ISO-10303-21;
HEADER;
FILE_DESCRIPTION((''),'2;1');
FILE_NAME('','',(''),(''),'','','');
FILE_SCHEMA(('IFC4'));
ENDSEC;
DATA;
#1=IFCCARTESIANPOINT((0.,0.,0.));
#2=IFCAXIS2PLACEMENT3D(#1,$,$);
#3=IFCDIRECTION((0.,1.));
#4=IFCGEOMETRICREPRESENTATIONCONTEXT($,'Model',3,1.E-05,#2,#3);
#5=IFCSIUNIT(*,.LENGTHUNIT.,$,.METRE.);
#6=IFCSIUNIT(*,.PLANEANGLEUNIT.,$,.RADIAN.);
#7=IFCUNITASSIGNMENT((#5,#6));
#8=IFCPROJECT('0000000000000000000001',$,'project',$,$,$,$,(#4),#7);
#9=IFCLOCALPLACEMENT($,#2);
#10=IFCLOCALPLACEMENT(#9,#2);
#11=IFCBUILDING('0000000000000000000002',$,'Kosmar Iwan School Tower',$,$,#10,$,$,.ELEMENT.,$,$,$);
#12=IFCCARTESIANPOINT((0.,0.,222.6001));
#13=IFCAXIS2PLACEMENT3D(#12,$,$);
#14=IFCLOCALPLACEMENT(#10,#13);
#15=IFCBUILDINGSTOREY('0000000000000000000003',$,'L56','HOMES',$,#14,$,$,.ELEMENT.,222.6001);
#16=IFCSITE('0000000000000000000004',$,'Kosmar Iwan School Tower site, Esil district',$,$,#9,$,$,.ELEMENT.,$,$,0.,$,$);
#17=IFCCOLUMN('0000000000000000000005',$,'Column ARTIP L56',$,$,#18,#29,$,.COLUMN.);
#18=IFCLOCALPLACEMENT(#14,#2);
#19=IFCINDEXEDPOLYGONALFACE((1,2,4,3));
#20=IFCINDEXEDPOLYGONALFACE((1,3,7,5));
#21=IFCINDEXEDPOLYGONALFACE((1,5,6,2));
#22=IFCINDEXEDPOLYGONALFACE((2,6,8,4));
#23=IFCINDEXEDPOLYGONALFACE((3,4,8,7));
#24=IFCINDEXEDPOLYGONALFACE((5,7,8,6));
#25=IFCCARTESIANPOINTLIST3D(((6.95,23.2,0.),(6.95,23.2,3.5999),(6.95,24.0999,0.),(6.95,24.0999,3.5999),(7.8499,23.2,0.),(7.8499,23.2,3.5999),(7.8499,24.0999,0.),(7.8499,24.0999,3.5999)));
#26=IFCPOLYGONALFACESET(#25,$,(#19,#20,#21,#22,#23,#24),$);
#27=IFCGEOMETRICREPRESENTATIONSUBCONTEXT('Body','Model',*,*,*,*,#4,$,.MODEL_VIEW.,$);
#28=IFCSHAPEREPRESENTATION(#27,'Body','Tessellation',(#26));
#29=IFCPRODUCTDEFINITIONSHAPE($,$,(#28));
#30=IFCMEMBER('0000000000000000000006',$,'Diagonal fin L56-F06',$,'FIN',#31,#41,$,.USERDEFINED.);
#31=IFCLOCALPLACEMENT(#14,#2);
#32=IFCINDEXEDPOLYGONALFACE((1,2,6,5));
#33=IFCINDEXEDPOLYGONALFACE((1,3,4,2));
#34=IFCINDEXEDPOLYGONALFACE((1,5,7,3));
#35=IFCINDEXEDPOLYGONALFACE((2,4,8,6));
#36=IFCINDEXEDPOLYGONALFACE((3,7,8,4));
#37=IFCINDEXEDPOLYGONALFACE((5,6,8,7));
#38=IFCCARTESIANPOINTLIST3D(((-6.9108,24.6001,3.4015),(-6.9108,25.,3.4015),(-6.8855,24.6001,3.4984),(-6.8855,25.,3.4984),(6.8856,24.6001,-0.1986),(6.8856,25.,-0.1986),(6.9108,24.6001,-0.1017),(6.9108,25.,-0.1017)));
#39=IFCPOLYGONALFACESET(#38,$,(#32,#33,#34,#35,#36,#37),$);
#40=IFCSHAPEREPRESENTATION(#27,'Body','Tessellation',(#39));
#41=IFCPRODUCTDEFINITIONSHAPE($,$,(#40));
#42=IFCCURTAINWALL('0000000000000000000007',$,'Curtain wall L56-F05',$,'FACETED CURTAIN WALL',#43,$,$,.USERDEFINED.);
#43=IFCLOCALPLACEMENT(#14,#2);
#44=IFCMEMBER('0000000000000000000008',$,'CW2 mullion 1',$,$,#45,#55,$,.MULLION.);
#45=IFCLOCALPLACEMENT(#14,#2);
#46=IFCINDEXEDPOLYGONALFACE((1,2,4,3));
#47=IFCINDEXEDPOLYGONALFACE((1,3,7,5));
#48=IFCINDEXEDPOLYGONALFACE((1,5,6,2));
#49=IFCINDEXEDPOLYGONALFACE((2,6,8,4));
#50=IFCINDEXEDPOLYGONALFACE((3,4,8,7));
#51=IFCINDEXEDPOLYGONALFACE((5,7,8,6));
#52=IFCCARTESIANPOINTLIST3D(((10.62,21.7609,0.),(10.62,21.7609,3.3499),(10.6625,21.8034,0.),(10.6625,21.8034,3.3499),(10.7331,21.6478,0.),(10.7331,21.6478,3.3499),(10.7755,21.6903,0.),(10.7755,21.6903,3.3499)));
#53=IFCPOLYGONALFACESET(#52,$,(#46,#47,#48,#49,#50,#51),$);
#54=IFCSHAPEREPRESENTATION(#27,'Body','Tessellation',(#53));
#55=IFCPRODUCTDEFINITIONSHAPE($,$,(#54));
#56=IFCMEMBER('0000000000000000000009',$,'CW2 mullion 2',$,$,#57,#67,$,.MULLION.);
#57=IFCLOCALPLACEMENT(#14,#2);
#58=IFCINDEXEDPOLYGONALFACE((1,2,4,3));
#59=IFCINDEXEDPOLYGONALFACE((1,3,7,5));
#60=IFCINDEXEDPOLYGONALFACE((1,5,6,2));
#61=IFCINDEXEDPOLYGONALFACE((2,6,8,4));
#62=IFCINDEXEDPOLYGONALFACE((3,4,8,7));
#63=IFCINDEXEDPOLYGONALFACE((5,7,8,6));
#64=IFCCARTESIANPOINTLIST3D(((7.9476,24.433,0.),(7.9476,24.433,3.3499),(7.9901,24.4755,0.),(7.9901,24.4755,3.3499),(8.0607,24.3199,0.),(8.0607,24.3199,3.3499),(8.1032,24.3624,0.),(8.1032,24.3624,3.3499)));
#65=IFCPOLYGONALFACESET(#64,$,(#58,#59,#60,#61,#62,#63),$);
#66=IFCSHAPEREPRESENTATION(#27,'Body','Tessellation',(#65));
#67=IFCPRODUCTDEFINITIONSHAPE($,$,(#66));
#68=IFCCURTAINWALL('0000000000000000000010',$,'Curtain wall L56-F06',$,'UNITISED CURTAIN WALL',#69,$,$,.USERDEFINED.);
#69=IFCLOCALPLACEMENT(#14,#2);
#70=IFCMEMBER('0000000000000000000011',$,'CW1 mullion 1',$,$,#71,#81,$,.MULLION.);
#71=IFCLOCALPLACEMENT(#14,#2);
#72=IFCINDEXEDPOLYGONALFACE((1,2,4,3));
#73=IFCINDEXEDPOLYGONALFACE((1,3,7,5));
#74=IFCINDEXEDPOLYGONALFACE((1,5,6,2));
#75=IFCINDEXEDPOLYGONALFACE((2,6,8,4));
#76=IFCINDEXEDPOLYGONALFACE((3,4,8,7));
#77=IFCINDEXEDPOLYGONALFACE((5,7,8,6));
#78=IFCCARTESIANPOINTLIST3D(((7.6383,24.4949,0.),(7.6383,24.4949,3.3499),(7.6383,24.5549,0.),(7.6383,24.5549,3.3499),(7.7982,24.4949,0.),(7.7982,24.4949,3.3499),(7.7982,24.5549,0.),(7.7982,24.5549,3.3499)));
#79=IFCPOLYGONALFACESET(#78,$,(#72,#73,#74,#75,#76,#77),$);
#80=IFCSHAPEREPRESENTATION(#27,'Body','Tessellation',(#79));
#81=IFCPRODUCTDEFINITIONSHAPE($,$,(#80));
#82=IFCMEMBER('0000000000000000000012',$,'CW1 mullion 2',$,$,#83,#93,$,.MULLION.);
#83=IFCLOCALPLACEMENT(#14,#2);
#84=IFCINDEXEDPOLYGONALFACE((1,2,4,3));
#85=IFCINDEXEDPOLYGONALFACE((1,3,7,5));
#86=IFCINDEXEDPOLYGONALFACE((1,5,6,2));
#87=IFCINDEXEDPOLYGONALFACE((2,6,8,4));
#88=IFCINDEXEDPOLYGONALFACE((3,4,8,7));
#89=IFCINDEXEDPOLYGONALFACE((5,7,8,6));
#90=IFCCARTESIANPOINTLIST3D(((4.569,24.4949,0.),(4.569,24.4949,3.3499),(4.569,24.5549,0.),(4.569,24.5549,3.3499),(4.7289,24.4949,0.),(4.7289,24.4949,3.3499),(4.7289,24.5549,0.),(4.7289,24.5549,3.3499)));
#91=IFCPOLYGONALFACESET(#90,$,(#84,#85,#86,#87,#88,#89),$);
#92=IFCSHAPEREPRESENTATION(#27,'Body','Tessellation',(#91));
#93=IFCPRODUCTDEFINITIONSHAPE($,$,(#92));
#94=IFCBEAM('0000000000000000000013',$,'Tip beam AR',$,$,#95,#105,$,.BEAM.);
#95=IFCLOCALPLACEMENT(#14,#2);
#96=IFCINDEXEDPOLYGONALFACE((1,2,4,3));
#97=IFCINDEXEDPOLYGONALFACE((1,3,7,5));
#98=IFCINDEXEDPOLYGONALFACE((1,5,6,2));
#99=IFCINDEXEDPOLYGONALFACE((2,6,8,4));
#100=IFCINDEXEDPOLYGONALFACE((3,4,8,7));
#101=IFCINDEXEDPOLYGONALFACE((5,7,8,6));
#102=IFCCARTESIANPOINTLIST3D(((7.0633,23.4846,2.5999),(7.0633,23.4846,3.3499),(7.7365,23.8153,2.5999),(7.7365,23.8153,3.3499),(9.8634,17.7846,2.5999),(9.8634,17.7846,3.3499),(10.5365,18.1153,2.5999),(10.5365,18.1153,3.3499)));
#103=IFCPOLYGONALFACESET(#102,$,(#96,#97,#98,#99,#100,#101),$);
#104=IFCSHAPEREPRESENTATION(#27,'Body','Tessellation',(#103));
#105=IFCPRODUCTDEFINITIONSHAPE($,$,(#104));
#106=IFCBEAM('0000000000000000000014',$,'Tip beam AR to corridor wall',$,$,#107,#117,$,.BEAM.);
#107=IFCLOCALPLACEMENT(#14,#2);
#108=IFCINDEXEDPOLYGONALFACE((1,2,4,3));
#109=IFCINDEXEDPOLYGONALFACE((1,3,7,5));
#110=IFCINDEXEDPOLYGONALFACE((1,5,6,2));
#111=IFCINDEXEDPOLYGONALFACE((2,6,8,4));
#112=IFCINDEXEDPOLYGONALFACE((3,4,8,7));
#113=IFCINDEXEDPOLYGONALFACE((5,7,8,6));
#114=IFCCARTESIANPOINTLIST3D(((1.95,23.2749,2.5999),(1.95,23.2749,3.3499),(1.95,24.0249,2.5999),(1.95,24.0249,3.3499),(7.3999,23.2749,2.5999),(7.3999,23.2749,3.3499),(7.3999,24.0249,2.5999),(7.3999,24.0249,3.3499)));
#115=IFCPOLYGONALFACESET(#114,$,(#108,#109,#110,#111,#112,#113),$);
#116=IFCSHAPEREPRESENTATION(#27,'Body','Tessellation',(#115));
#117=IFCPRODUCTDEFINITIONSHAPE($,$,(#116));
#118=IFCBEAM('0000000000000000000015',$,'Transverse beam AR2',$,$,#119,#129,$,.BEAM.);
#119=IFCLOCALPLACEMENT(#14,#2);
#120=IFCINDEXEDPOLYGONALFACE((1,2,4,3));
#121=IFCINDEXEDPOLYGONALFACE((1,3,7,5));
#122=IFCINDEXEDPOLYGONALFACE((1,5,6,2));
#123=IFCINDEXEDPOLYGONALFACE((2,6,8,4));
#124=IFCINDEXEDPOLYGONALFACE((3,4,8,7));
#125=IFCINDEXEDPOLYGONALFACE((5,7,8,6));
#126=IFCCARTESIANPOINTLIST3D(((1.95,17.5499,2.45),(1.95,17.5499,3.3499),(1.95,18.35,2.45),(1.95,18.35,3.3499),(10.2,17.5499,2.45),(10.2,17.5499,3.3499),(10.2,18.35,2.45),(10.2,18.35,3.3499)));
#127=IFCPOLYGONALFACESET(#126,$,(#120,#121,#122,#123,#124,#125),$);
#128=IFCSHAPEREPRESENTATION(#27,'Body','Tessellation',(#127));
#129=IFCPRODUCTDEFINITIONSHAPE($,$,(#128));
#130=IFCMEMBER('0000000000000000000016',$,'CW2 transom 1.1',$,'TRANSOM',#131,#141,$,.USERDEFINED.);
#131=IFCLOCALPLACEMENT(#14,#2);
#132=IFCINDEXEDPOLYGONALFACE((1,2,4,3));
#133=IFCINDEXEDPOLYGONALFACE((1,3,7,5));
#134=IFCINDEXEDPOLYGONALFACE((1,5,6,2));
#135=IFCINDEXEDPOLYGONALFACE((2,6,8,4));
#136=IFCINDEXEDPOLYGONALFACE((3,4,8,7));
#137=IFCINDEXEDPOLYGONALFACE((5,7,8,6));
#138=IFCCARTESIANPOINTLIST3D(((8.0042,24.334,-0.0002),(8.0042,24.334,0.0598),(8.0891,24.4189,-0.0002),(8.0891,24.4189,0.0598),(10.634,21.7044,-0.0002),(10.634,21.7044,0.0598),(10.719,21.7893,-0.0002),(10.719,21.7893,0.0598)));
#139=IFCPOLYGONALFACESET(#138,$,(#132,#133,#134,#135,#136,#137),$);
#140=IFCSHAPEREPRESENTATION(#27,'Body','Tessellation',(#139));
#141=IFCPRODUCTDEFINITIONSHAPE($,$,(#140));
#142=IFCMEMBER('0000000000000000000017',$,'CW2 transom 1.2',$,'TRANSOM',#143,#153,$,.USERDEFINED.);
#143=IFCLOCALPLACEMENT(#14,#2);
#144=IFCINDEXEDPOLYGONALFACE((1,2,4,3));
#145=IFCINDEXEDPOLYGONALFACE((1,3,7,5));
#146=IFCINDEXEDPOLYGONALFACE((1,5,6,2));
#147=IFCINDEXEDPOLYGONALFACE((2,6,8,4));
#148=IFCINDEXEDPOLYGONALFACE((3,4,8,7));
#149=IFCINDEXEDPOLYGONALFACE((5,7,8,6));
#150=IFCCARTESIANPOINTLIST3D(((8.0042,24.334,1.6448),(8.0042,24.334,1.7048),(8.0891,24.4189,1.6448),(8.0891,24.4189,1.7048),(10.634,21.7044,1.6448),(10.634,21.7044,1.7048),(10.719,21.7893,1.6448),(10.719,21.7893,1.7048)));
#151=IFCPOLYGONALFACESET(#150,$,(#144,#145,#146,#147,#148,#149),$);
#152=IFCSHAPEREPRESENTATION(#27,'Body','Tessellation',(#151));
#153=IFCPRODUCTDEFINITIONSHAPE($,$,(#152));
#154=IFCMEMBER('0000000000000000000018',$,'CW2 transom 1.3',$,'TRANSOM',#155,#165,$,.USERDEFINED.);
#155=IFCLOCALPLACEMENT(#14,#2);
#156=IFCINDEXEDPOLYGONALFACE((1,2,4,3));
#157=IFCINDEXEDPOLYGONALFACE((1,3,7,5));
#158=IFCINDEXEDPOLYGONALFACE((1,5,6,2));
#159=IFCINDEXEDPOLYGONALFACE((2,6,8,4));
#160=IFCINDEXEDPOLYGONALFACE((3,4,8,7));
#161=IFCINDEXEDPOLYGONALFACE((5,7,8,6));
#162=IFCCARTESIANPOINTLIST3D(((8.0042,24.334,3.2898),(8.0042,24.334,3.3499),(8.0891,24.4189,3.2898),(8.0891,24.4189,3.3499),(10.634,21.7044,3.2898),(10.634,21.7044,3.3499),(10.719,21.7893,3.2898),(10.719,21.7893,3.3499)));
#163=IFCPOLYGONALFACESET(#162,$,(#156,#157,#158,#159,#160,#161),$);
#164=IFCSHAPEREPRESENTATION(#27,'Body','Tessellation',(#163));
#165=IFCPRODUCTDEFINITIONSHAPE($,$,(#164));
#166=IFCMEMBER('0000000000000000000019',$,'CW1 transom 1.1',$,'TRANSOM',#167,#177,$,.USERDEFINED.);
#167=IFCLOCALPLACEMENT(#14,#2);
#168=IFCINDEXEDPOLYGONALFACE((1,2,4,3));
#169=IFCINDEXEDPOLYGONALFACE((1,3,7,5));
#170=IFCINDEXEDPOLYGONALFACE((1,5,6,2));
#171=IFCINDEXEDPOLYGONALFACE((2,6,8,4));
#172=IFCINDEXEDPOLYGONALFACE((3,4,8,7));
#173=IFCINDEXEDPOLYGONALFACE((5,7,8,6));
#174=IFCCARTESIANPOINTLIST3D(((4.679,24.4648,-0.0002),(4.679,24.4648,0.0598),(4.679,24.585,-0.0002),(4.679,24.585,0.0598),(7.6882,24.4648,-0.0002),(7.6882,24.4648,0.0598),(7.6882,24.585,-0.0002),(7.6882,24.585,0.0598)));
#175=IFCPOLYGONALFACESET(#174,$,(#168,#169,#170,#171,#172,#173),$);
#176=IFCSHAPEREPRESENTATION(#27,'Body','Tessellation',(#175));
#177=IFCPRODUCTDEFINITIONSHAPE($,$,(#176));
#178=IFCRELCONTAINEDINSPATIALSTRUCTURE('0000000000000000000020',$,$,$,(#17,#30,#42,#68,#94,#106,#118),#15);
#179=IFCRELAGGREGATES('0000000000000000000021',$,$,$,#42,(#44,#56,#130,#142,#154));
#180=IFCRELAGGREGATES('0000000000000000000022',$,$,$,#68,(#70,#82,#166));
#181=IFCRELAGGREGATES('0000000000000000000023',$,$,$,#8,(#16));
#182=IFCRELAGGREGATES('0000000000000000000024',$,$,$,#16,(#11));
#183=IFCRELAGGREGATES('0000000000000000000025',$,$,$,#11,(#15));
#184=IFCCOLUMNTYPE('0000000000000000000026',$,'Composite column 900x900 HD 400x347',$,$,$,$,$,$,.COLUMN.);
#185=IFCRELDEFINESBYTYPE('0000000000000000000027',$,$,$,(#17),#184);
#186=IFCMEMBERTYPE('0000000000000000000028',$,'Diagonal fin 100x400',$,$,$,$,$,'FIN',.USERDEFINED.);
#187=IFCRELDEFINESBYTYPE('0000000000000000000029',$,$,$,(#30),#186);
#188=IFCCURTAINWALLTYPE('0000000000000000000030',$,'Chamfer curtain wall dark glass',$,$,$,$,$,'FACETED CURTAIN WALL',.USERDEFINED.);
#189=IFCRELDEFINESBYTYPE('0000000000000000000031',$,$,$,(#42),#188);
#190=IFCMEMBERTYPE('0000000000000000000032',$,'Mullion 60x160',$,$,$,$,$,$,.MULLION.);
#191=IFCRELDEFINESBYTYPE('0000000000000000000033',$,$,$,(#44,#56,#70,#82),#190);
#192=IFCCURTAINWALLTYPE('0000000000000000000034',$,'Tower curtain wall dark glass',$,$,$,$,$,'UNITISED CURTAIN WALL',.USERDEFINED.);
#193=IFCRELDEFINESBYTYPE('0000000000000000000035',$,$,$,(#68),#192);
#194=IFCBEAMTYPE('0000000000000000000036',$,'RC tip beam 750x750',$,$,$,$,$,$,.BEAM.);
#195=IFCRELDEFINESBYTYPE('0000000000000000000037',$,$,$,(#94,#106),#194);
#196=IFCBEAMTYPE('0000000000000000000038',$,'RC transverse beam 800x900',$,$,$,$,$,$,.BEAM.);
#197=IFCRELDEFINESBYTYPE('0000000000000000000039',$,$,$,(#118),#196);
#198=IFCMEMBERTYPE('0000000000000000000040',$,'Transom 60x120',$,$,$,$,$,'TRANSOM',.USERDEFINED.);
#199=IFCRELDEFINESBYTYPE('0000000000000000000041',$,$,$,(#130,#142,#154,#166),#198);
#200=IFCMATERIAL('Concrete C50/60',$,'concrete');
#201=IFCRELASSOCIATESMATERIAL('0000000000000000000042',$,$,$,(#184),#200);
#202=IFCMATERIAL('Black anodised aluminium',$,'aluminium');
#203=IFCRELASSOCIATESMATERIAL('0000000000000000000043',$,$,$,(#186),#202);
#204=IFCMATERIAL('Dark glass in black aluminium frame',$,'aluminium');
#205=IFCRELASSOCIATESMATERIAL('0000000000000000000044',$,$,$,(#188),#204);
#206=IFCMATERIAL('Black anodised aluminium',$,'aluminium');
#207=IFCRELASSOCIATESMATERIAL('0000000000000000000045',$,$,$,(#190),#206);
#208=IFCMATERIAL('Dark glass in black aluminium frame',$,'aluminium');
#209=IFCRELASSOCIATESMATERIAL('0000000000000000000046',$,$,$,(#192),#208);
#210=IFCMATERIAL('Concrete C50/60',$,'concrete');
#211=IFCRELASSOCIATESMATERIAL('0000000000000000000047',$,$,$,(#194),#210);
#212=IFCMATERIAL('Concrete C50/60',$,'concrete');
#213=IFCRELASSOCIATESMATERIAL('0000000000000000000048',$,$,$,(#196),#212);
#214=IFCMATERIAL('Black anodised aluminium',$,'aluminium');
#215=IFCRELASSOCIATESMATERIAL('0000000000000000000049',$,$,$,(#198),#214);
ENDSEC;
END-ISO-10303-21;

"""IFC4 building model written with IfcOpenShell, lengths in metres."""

from ifc_helpers import new_model, si_unit, direction, frame, origin, origin_2d, place, context, subcontext, project, spatial, rectangle, extrude, material, material_profile, profile_set, type_object, element, aggregate, save


model = new_model("IFC4")

# Units and contexts
model_context = context("Model", 3, precision=1e-05, world=origin(), true_north=direction((0.0, 1.0)))
body_context = subcontext(model_context, "Body", "Model", "MODEL_VIEW")
ifc_project = project(units=[si_unit("LENGTHUNIT", "METRE"), si_unit("PLANEANGLEUNIT", "RADIAN")], contexts=[model_context])

# Site, building, storey
site_placement = place(None, origin())
site = spatial("IfcSite", under=ifc_project, at=site_placement, Name="Kosmar Iwan School Tower site, Esil district", CompositionType="ELEMENT", RefElevation=0.0)
building_placement = place(site_placement, origin())
building = spatial("IfcBuilding", under=site, at=building_placement, Name="Kosmar Iwan School Tower", CompositionType="ELEMENT")
storey_placement = place(building_placement, frame((0.0, 0.0, 222.6001)))
storey = spatial("IfcBuildingStorey", under=building, at=storey_placement, Name="L56", Description="HOMES", CompositionType="ELEMENT", Elevation=222.6001)

# Column
ifc_material_1 = material(Name="Concrete C50/60", Category="concrete")
ifc_material_profile_1 = material_profile(ifc_material_1, rectangle(XDim=0.8999, YDim=0.8999, at=origin_2d()), Name="RC 900x900 + HD 400x347")
ifc_profile_set_1 = profile_set([ifc_material_profile_1], Name="Concrete C50/60")
column_type = type_object("IfcColumnType", Name="Composite column 900x900 HD 400x347", PredefinedType="COLUMN", material=ifc_profile_set_1)
column_placement = place(storey_placement, frame((7.3999, 23.6499, 0.0), z_axis=(0.0, 0.0, 1.0), x_axis=(0.0, 1.0, 0.0)))
element("IfcColumn", 1, at=column_placement, inside=storey, type_object=column_type, Name="Column ARTIP L56", PredefinedType="COLUMN", context=body_context, shape_type="SweptSolid", body=[
    extrude(rectangle(XDim=0.8999, YDim=0.8999, at=origin_2d()), origin(), (0.0, 0.0, 1.0), 3.5999),
])

# Member
ifc_material_2 = material(Name="Black anodised aluminium", Category="aluminium")
ifc_material_profile_2 = material_profile(ifc_material_2, rectangle(XDim=0.1001, YDim=0.3999, at=origin_2d()), Name="FIN 100x400")
ifc_profile_set_2 = profile_set([ifc_material_profile_2], Name="Black anodised aluminium")
member_type_1 = type_object("IfcMemberType", Name="Diagonal fin 100x400", ElementType="FIN", PredefinedType="USERDEFINED", material=ifc_profile_set_2)
member_1_placement = place(storey_placement, frame((6.8982, 24.8, -0.1501), z_axis=(-0.967599, 0.0, 0.25249), x_axis=(0.25249, 0.0, 0.967599)))
element("IfcMember", 2, at=member_1_placement, inside=storey, type_object=member_type_1, Name="Diagonal fin L56-F06", ObjectType="FIN", PredefinedType="USERDEFINED", context=body_context, shape_type="SweptSolid", body=[
    extrude(rectangle(XDim=0.1001, YDim=0.3999, at=origin_2d()), origin(), (0.0, 0.0, 1.0), 14.2583),
])

# Curtain walls, members
ifc_material_3 = material(Name="Dark glass in black aluminium frame", Category="aluminium")
curtain_wall_type_1 = type_object("IfcCurtainWallType", Name="Chamfer curtain wall dark glass", ElementType="FACETED CURTAIN WALL", PredefinedType="USERDEFINED", material=ifc_material_3)
curtain_wall_1_placement = place(storey_placement, origin())
curtain_wall_1 = element("IfcCurtainWall", 3, at=curtain_wall_1_placement, inside=storey, type_object=curtain_wall_type_1, Name="Curtain wall L56-F05", ObjectType="FACETED CURTAIN WALL", PredefinedType="USERDEFINED")
ifc_material_4 = material(Name="Black anodised aluminium", Category="aluminium")
ifc_material_profile_3 = material_profile(ifc_material_4, rectangle(XDim=0.0601, YDim=0.1599, at=origin_2d()), Name="MULLION 60x160")
ifc_profile_set_3 = profile_set([ifc_material_profile_3], Name="Black anodised aluminium")
member_type_2 = type_object("IfcMemberType", Name="Mullion 60x160", PredefinedType="MULLION", material=ifc_profile_set_3)
member_2_placement = place(storey_placement, frame((10.6978, 21.7256, 0.0), z_axis=(0.0, 0.0, 1.0), x_axis=(-0.707107, -0.707107, 0.0)))
member_2 = element("IfcMember", 4, at=member_2_placement, type_object=member_type_2, Name="CW2 mullion 1", PredefinedType="MULLION", context=body_context, shape_type="SweptSolid", body=[
    extrude(rectangle(XDim=0.0601, YDim=0.1599, at=origin_2d()), origin(), (0.0, 0.0, 1.0), 3.3499),
])
member_3_placement = place(storey_placement, frame((8.0254, 24.3977, 0.0), z_axis=(0.0, 0.0, 1.0), x_axis=(-0.707107, -0.707107, 0.0)))
member_3 = element("IfcMember", 5, at=member_3_placement, type_object=member_type_2, Name="CW2 mullion 2", PredefinedType="MULLION", context=body_context, shape_type="SweptSolid", body=[
    extrude(rectangle(XDim=0.0601, YDim=0.1599, at=origin_2d()), origin(), (0.0, 0.0, 1.0), 3.3499),
])
ifc_material_5 = material(Name="Dark glass in black aluminium frame", Category="aluminium")
curtain_wall_type_2 = type_object("IfcCurtainWallType", Name="Tower curtain wall dark glass", ElementType="UNITISED CURTAIN WALL", PredefinedType="USERDEFINED", material=ifc_material_5)
curtain_wall_2_placement = place(storey_placement, origin())
curtain_wall_2 = element("IfcCurtainWall", 6, at=curtain_wall_2_placement, inside=storey, type_object=curtain_wall_type_2, Name="Curtain wall L56-F06", ObjectType="UNITISED CURTAIN WALL", PredefinedType="USERDEFINED")
member_4_placement = place(storey_placement, frame((7.7183, 24.5249, 0.0), z_axis=(0.0, 0.0, 1.0), x_axis=(0.0, -1.0, 0.0)))
member_4 = element("IfcMember", 7, at=member_4_placement, type_object=member_type_2, Name="CW1 mullion 1", PredefinedType="MULLION", context=body_context, shape_type="SweptSolid", body=[
    extrude(rectangle(XDim=0.0601, YDim=0.1599, at=origin_2d()), origin(), (0.0, 0.0, 1.0), 3.3499),
])
member_5_placement = place(storey_placement, frame((4.6489, 24.5249, 0.0), z_axis=(0.0, 0.0, 1.0), x_axis=(0.0, -1.0, 0.0)))
member_5 = element("IfcMember", 8, at=member_5_placement, type_object=member_type_2, Name="CW1 mullion 2", PredefinedType="MULLION", context=body_context, shape_type="SweptSolid", body=[
    extrude(rectangle(XDim=0.0601, YDim=0.1599, at=origin_2d()), origin(), (0.0, 0.0, 1.0), 3.3499),
])

# Beams
ifc_material_6 = material(Name="Concrete C50/60", Category="concrete")
ifc_material_profile_4 = material_profile(ifc_material_6, rectangle(XDim=0.75, YDim=0.75, at=origin_2d()), Name="RC 750x750")
ifc_profile_set_4 = profile_set([ifc_material_profile_4], Name="Concrete C50/60")
beam_type_1 = type_object("IfcBeamType", Name="RC tip beam 750x750", PredefinedType="BEAM", material=ifc_profile_set_4)
beam_1_placement = place(storey_placement, frame((10.2, 17.95, 2.9749), z_axis=(-0.440913, 0.89755, 0.0), x_axis=(-0.89755, -0.440913, 0.0)))
element("IfcBeam", 9, at=beam_1_placement, inside=storey, type_object=beam_type_1, Name="Tip beam AR", PredefinedType="BEAM", context=body_context, shape_type="SweptSolid", body=[
    extrude(rectangle(XDim=0.75, YDim=0.75, at=origin_2d()), origin(), (0.0, 0.0, 1.0), 6.3506),
])
beam_2_placement = place(storey_placement, frame((7.3999, 23.6499, 2.9749), z_axis=(-1.0, 0.0, 0.0), x_axis=(0.0, -1.0, 0.0)))
element("IfcBeam", 10, at=beam_2_placement, inside=storey, type_object=beam_type_1, Name="Tip beam AR to corridor wall", PredefinedType="BEAM", context=body_context, shape_type="SweptSolid", body=[
    extrude(rectangle(XDim=0.75, YDim=0.75, at=origin_2d()), origin(), (0.0, 0.0, 1.0), 5.45),
])
ifc_material_7 = material(Name="Concrete C50/60", Category="concrete")
ifc_material_profile_5 = material_profile(ifc_material_7, rectangle(XDim=0.8, YDim=0.8999, at=origin_2d()), Name="RC 800x900")
ifc_profile_set_5 = profile_set([ifc_material_profile_5], Name="Concrete C50/60")
beam_type_2 = type_object("IfcBeamType", Name="RC transverse beam 800x900", PredefinedType="BEAM", material=ifc_profile_set_5)
beam_3_placement = place(storey_placement, frame((10.2, 17.95, 2.8999), z_axis=(-1.0, 0.0, 0.0), x_axis=(0.0, -1.0, 0.0)))
element("IfcBeam", 11, at=beam_3_placement, inside=storey, type_object=beam_type_2, Name="Transverse beam AR2", PredefinedType="BEAM", context=body_context, shape_type="SweptSolid", body=[
    extrude(rectangle(XDim=0.8, YDim=0.8999, at=origin_2d()), origin(), (0.0, 0.0, 1.0), 8.25),
])

# Members
ifc_material_8 = material(Name="Black anodised aluminium", Category="aluminium")
ifc_material_profile_6 = material_profile(ifc_material_8, rectangle(XDim=0.1201, YDim=0.0601, at=origin_2d()), Name="TRANSOM 60x120")
ifc_profile_set_6 = profile_set([ifc_material_profile_6], Name="Black anodised aluminium")
member_type_3 = type_object("IfcMemberType", Name="Transom 60x120", ElementType="TRANSOM", PredefinedType="USERDEFINED", material=ifc_profile_set_6)
member_6_placement = place(storey_placement, frame((10.6765, 21.7468, 0.0298), z_axis=(-0.70714, 0.707074, 0.0), x_axis=(-0.707074, -0.70714, 0.0)))
member_6 = element("IfcMember", 12, at=member_6_placement, type_object=member_type_3, Name="CW2 transom 1.1", ObjectType="TRANSOM", PredefinedType="USERDEFINED", context=body_context, shape_type="SweptSolid", body=[
    extrude(rectangle(XDim=0.1201, YDim=0.0601, at=origin_2d()), origin(), (0.0, 0.0, 1.0), 3.719),
])
member_7_placement = place(storey_placement, frame((10.6765, 21.7468, 1.6748), z_axis=(-0.70714, 0.707074, 0.0), x_axis=(-0.707074, -0.70714, 0.0)))
member_7 = element("IfcMember", 13, at=member_7_placement, type_object=member_type_3, Name="CW2 transom 1.2", ObjectType="TRANSOM", PredefinedType="USERDEFINED", context=body_context, shape_type="SweptSolid", body=[
    extrude(rectangle(XDim=0.1201, YDim=0.0601, at=origin_2d()), origin(), (0.0, 0.0, 1.0), 3.719),
])
member_8_placement = place(storey_placement, frame((10.6765, 21.7468, 3.3198), z_axis=(-0.70714, 0.707074, 0.0), x_axis=(-0.707074, -0.70714, 0.0)))
member_8 = element("IfcMember", 14, at=member_8_placement, type_object=member_type_3, Name="CW2 transom 1.3", ObjectType="TRANSOM", PredefinedType="USERDEFINED", context=body_context, shape_type="SweptSolid", body=[
    extrude(rectangle(XDim=0.1201, YDim=0.0601, at=origin_2d()), origin(), (0.0, 0.0, 1.0), 3.719),
])
member_9_placement = place(storey_placement, frame((7.6882, 24.5249, 0.0298), z_axis=(-1.0, 0.0, 0.0), x_axis=(0.0, -1.0, 0.0)))
member_9 = element("IfcMember", 15, at=member_9_placement, type_object=member_type_3, Name="CW1 transom 1.1", ObjectType="TRANSOM", PredefinedType="USERDEFINED", context=body_context, shape_type="SweptSolid", body=[
    extrude(rectangle(XDim=0.1201, YDim=0.0601, at=origin_2d()), origin(), (0.0, 0.0, 1.0), 3.0093),
])

aggregate(curtain_wall_1, [member_2, member_3, member_6, member_7, member_8])
aggregate(curtain_wall_2, [member_4, member_5, member_9])

save(model, "model.ifc")
